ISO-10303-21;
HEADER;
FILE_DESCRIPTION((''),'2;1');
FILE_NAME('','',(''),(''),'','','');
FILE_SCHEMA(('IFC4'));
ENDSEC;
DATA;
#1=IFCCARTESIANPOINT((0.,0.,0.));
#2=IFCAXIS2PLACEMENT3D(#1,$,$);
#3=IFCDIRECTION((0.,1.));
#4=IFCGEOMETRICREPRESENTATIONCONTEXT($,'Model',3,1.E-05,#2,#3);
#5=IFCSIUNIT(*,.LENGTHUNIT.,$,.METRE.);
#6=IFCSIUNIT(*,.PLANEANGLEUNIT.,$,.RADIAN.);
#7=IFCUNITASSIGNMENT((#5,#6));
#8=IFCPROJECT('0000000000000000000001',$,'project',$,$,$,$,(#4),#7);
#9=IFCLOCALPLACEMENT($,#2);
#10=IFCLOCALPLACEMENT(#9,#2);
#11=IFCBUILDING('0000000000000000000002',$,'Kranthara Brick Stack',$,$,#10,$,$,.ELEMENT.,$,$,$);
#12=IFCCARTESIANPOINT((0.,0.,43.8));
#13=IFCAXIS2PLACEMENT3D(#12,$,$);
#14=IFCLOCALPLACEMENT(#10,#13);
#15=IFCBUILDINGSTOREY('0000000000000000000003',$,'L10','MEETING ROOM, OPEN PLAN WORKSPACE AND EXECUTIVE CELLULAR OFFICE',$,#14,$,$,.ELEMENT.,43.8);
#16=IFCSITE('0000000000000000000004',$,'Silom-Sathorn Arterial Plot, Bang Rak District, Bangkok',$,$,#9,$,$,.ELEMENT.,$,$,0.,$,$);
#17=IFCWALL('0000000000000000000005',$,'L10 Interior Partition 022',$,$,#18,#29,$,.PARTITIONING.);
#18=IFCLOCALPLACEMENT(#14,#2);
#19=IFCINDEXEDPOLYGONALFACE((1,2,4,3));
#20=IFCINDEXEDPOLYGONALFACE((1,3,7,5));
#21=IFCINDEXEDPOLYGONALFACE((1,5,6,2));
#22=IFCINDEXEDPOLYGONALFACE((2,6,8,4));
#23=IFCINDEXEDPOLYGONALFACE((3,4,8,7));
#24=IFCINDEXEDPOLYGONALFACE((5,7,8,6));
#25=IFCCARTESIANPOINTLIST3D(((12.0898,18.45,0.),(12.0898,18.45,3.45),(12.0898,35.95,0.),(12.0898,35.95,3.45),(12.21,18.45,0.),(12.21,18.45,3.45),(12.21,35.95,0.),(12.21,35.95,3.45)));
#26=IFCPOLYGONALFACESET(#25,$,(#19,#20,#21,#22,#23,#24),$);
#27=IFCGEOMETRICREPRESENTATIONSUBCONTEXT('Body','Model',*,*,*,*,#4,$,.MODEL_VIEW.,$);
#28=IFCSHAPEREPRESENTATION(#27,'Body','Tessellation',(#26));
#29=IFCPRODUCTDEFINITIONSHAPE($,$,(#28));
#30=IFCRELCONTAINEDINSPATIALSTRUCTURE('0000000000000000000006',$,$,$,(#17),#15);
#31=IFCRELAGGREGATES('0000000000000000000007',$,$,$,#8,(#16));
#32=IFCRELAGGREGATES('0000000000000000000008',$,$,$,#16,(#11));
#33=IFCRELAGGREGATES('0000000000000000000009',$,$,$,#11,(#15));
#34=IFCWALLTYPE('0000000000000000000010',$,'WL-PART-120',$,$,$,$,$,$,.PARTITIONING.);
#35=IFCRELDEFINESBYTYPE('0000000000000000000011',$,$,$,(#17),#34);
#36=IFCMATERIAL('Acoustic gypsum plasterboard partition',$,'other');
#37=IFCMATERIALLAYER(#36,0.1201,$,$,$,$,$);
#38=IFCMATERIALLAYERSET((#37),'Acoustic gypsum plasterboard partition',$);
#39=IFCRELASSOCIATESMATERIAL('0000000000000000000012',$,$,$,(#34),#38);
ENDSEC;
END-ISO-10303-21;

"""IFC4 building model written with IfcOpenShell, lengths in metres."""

from ifc_helpers import new_model, si_unit, direction, frame, frame_2d, origin, place, context, subcontext, project, spatial, rectangle, extrude, material, layer, layer_set, type_object, element, save


model = new_model("IFC4")

# Units and contexts
model_context = context("Model", 3, precision=1e-05, world=origin(), true_north=direction((0.0, 1.0)))
body_context = subcontext(model_context, "Body", "Model", "MODEL_VIEW")
ifc_project = project(units=[si_unit("LENGTHUNIT", "METRE"), si_unit("PLANEANGLEUNIT", "RADIAN")], contexts=[model_context])

# Site, building, storey
site_placement = place(None, origin())
site = spatial("IfcSite", under=ifc_project, at=site_placement, Name="Silom-Sathorn Arterial Plot, Bang Rak District, Bangkok", CompositionType="ELEMENT", RefElevation=0.0)
building_placement = place(site_placement, origin())
building = spatial("IfcBuilding", under=site, at=building_placement, Name="Kranthara Brick Stack", CompositionType="ELEMENT")
storey_placement = place(building_placement, frame((0.0, 0.0, 43.8)))
storey = spatial("IfcBuildingStorey", under=building, at=storey_placement, Name="L10", Description="MEETING ROOM, OPEN PLAN WORKSPACE AND EXECUTIVE CELLULAR OFFICE", CompositionType="ELEMENT", Elevation=43.8)

# Shared definitions
ifc_material_1 = material(Name="Acoustic gypsum plasterboard partition", Category="other")
ifc_layer_1 = layer(ifc_material_1, 0.1201)
ifc_layer_set_1 = layer_set([ifc_layer_1], Name="Acoustic gypsum plasterboard partition")
wall_type_1 = type_object("IfcWallType", Name="WL-PART-120", PredefinedType="PARTITIONING", material=ifc_layer_set_1)

# Wall
wall_1_placement = place(storey_placement, frame((12.1499, 18.45, 0.0), z_axis=(0.0, 0.0, 1.0), x_axis=(0.0, 1.0, 0.0)))
element("IfcWall", 1, at=wall_1_placement, inside=storey, type_object=wall_type_1, Name="L10 Interior Partition 022", PredefinedType="PARTITIONING", context=body_context, shape_type="SweptSolid", body=[
    extrude(rectangle(XDim=17.5, YDim=0.1201, at=frame_2d((8.75, 0.0))), origin(), (0.0, 0.0, 1.0), 3.45),
])

save(model, "model.ifc")
